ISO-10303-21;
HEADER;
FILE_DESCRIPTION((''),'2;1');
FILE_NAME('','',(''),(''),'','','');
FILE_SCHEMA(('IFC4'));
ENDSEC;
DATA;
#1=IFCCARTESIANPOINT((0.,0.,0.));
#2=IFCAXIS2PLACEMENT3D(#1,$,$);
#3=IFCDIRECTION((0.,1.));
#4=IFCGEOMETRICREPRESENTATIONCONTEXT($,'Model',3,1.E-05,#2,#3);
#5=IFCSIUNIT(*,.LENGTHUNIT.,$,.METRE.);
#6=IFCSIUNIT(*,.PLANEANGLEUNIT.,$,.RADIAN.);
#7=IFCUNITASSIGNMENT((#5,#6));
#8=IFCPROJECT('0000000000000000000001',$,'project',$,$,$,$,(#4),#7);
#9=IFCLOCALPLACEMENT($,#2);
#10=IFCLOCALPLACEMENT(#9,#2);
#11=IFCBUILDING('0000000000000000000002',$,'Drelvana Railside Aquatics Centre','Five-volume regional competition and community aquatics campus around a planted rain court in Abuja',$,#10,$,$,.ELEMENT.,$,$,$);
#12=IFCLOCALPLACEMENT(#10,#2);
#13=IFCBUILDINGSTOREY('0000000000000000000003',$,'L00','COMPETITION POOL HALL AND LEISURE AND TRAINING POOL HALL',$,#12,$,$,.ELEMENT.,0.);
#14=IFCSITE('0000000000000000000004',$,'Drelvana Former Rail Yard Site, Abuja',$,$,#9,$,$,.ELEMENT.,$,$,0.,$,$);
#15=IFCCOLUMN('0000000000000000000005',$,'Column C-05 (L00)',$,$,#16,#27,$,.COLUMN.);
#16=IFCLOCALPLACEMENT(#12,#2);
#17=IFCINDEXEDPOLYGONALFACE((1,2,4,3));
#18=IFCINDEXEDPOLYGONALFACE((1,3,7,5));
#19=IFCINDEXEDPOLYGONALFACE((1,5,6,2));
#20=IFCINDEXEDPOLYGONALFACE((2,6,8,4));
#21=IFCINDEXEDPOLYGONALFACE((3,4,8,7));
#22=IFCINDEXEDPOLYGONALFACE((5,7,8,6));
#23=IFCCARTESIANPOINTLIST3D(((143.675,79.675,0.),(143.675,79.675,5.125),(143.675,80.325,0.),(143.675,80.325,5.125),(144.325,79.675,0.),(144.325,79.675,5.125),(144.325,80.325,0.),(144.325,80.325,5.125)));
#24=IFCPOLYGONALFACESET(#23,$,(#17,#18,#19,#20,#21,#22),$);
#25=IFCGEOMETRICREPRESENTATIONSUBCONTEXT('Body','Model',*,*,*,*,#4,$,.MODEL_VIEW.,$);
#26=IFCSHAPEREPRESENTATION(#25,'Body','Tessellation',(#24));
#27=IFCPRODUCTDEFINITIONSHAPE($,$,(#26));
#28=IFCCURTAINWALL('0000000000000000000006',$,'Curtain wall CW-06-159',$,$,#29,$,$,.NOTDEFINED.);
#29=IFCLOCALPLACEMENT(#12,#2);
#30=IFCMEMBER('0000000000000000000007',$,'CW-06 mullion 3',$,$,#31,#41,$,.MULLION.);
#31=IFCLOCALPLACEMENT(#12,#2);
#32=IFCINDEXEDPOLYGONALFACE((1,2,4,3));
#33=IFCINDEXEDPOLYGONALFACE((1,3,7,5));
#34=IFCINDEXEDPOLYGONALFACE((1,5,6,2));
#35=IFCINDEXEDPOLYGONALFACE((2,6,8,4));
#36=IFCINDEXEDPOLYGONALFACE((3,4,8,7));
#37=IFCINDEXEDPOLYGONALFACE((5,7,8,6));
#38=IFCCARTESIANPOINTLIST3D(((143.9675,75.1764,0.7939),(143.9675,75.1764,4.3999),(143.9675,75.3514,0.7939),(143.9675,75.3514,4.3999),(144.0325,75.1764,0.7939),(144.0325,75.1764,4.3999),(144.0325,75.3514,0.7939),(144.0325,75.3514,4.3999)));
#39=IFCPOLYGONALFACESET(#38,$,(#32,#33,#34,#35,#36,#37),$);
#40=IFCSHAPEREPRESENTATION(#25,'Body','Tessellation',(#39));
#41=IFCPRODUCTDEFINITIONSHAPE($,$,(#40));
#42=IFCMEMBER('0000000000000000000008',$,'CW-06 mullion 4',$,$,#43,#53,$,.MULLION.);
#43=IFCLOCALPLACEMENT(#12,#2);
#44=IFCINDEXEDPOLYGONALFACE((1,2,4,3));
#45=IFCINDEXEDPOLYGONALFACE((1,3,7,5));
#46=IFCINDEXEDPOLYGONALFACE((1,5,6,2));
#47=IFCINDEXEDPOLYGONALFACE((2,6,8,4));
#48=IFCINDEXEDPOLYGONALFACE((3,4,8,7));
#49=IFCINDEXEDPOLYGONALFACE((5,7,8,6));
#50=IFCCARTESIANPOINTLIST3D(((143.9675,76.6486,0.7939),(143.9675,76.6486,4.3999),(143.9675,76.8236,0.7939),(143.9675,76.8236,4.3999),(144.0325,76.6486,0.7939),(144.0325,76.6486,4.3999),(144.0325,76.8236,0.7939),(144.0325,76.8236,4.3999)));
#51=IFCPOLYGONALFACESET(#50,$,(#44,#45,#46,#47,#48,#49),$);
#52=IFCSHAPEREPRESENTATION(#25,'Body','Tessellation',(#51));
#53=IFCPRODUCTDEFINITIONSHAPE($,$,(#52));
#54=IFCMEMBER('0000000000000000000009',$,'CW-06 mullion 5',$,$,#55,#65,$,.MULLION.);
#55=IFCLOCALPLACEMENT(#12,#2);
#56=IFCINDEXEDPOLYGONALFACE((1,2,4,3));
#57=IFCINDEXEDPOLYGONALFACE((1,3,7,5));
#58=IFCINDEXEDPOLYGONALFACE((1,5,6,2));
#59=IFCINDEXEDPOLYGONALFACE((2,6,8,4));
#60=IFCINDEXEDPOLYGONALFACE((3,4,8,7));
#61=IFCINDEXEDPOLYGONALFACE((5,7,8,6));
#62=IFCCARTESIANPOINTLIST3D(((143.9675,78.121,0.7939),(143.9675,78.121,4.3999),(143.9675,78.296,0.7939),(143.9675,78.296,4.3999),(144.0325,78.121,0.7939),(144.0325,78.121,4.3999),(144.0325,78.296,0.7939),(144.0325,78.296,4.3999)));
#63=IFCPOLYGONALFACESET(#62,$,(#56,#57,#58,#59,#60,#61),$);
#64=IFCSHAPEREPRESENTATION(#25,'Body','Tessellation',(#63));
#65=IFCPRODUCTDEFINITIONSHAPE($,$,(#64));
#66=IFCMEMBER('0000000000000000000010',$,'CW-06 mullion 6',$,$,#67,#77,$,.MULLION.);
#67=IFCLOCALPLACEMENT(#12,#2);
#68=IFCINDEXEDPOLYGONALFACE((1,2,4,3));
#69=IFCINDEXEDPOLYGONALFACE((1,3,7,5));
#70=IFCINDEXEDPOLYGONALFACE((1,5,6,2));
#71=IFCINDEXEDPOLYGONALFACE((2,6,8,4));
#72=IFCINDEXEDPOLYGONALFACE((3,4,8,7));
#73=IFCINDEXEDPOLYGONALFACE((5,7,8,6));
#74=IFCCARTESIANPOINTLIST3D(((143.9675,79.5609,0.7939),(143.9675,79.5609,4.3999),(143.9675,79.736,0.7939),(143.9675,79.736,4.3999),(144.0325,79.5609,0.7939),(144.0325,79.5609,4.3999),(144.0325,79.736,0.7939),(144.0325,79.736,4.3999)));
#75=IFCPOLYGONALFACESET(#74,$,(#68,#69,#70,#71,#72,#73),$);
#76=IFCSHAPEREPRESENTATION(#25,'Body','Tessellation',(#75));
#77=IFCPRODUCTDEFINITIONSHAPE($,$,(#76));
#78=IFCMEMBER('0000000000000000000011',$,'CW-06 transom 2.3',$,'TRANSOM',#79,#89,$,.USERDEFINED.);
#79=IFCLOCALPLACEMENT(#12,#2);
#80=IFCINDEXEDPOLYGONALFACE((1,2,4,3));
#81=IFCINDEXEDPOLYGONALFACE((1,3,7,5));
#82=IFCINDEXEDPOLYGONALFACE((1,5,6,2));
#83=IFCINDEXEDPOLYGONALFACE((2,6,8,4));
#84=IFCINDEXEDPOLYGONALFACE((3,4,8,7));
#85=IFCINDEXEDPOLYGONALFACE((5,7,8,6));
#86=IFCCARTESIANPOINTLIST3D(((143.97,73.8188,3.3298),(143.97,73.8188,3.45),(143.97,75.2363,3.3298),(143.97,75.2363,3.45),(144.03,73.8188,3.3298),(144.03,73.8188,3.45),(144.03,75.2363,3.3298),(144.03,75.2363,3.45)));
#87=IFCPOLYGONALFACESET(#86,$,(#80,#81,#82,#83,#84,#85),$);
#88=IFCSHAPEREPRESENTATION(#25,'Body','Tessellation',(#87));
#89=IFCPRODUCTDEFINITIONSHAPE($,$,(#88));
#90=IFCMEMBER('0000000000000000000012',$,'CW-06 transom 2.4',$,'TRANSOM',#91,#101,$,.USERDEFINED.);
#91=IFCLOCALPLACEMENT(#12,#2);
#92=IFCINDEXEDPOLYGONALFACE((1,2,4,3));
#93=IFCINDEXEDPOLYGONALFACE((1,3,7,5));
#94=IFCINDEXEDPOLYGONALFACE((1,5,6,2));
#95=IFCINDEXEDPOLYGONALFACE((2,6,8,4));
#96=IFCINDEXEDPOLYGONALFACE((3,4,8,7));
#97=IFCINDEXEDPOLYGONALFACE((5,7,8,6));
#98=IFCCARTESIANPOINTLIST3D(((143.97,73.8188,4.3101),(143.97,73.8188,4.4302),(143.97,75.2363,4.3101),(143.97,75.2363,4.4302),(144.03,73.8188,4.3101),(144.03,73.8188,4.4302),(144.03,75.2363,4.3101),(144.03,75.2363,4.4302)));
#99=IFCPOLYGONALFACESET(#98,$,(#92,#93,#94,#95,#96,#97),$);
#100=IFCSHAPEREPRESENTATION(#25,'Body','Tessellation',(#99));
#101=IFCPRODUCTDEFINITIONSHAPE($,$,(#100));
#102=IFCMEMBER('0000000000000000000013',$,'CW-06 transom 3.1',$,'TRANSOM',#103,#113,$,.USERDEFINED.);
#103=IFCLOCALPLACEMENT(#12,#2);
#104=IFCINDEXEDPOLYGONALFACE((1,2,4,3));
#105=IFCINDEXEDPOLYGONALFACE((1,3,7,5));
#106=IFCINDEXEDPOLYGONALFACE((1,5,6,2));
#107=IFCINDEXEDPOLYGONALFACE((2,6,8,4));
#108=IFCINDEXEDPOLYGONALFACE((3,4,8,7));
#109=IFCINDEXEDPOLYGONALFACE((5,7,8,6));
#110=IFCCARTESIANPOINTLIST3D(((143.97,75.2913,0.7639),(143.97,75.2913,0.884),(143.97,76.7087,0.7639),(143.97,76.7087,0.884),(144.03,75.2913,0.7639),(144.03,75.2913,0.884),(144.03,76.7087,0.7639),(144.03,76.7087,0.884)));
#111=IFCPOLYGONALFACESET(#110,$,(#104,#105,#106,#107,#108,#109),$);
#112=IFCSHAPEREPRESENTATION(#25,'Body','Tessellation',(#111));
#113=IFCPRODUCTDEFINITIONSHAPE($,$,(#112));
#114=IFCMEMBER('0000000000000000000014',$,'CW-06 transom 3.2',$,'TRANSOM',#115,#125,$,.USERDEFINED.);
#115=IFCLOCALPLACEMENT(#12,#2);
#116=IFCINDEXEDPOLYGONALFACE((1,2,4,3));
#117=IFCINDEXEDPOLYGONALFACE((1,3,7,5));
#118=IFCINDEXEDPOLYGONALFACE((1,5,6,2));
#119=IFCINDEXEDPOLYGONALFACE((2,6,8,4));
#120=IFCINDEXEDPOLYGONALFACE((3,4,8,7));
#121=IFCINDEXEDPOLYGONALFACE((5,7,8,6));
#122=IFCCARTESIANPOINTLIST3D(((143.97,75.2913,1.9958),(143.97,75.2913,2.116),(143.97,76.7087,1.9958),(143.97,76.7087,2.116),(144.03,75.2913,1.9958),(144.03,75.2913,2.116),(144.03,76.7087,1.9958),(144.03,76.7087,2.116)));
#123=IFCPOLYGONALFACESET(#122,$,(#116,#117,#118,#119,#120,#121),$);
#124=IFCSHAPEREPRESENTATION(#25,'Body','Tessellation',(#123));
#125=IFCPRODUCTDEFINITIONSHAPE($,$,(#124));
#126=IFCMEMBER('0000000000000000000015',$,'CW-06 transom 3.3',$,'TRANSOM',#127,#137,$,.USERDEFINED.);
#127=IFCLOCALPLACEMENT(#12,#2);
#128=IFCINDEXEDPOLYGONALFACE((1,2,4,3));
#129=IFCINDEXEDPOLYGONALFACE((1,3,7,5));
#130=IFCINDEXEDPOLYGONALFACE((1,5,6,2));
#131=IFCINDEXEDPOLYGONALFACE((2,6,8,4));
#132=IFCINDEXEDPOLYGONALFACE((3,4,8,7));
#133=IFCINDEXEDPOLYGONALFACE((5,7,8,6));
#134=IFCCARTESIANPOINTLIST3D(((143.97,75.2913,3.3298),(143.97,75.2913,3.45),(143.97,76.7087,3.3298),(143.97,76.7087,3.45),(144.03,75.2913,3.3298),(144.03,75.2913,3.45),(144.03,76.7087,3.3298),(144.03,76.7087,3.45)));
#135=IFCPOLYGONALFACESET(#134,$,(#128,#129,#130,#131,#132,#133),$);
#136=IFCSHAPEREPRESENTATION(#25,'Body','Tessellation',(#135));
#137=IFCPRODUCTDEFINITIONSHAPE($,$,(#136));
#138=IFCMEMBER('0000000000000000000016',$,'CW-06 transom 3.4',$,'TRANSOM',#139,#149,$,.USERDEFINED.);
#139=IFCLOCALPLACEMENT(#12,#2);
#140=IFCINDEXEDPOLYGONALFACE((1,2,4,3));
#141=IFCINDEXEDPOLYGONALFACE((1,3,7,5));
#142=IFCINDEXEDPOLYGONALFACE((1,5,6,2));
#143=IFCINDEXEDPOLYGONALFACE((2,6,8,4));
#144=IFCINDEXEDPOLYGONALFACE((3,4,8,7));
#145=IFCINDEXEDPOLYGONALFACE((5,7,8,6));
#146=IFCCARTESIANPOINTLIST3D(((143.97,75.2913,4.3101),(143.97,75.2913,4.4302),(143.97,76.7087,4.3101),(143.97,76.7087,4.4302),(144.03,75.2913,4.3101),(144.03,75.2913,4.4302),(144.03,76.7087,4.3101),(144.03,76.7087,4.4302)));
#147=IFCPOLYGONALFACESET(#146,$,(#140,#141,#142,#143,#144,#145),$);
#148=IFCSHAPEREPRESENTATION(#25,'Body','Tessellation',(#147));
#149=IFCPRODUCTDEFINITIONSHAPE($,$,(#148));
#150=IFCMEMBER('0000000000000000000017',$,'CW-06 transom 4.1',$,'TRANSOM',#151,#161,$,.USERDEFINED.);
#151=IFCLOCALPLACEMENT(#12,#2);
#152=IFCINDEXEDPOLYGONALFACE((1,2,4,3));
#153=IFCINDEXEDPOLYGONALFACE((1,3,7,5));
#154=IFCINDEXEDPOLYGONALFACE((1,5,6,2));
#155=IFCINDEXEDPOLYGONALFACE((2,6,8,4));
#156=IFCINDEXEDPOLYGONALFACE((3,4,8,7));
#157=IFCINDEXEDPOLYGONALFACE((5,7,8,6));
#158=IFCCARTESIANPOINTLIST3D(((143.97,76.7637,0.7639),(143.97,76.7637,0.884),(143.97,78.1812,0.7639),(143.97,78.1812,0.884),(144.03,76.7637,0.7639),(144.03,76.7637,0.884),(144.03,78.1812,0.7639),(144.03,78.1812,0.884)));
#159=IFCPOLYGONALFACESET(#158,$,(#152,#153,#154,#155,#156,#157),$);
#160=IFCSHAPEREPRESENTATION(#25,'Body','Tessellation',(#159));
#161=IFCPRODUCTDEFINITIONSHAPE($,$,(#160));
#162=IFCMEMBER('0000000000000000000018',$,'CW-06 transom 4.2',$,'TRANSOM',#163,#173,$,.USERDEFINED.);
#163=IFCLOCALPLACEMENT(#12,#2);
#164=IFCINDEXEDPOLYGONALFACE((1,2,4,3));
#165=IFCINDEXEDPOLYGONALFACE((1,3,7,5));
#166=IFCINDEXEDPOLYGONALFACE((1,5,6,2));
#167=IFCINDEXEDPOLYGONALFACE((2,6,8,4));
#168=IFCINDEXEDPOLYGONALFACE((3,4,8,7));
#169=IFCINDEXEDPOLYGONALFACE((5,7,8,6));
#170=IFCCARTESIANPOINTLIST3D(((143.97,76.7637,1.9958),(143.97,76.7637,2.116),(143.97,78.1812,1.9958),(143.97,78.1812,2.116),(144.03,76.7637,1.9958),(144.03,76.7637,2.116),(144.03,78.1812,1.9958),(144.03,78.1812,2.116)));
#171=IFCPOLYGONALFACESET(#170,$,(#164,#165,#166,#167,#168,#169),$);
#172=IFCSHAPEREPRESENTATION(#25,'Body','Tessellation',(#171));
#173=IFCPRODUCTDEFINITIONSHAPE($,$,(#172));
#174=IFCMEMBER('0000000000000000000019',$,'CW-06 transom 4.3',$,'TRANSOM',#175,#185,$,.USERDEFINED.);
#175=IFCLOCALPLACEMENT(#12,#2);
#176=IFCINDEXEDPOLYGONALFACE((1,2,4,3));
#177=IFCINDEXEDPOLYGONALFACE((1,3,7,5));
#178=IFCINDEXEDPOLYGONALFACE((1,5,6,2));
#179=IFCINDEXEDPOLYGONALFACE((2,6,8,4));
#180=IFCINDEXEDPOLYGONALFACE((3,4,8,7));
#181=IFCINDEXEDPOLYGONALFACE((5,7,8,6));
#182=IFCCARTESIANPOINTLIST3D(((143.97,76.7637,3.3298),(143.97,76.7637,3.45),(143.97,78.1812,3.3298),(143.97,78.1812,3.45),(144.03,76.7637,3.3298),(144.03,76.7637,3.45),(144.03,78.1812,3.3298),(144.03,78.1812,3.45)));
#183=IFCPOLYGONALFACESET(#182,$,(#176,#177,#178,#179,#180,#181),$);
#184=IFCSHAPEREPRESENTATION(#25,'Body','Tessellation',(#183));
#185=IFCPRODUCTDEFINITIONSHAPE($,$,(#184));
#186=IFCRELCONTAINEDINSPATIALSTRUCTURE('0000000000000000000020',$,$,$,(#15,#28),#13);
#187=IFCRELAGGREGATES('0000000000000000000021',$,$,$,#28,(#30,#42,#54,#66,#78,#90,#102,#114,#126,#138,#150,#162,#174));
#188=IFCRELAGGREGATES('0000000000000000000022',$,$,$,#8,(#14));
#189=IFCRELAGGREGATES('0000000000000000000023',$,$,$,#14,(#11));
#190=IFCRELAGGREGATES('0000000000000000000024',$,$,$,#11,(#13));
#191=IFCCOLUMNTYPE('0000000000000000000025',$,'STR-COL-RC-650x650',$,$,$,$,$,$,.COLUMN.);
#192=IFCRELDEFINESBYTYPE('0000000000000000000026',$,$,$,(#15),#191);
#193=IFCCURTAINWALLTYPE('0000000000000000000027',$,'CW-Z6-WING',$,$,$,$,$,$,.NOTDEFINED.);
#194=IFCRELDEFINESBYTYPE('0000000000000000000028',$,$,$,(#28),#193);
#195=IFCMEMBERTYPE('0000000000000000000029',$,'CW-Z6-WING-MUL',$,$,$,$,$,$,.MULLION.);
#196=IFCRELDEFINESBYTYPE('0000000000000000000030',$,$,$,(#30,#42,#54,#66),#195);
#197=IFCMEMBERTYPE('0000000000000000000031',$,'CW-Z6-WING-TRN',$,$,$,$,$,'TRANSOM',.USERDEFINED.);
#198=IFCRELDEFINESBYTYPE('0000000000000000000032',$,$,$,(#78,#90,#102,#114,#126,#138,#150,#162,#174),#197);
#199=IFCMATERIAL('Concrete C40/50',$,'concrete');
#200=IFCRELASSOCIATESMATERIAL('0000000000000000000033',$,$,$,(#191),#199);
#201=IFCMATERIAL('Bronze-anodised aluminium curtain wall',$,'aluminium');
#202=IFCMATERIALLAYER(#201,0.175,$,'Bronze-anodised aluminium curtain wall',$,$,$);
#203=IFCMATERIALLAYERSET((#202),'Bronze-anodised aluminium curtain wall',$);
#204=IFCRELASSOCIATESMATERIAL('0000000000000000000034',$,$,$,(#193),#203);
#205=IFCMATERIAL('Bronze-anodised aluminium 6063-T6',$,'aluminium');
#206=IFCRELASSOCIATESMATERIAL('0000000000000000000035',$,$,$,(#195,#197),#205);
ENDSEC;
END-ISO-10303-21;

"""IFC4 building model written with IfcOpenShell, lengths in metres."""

from ifc_helpers import new_model, si_unit, direction, frame, origin, origin_2d, place, context, subcontext, project, spatial, rectangle, extrude, material, layer, layer_set, material_profile, profile_set, type_object, element, aggregate, save


model = new_model("IFC4")

# Units and contexts
model_context = context("Model", 3, precision=1e-05, world=origin(), true_north=direction((0.0, 1.0)))
body_context = subcontext(model_context, "Body", "Model", "MODEL_VIEW")
ifc_project = project(units=[si_unit("LENGTHUNIT", "METRE"), si_unit("PLANEANGLEUNIT", "RADIAN")], contexts=[model_context])

# Site, building, storey
site_placement = place(None, origin())
site = spatial("IfcSite", under=ifc_project, at=site_placement, Name="Drelvana Former Rail Yard Site, Abuja", CompositionType="ELEMENT", RefElevation=0.0)
building_placement = place(site_placement, origin())
building = spatial("IfcBuilding", under=site, at=building_placement, Name="Drelvana Railside Aquatics Centre", Description="Five-volume regional competition and community aquatics campus around a planted rain court in Abuja", CompositionType="ELEMENT")
storey_placement = place(building_placement, origin())
storey = spatial("IfcBuildingStorey", under=building, at=storey_placement, Name="L00", Description="COMPETITION POOL HALL AND LEISURE AND TRAINING POOL HALL", CompositionType="ELEMENT", Elevation=0.0)

# Column
ifc_material_1 = material(Name="Concrete C40/50", Category="concrete")
ifc_material_profile_1 = material_profile(ifc_material_1, rectangle(XDim=0.6499, YDim=0.6499, at=origin_2d()), Name="RC 650x650")
ifc_profile_set_1 = profile_set([ifc_material_profile_1], Name="Concrete C40/50")
column_type = type_object("IfcColumnType", Name="STR-COL-RC-650x650", PredefinedType="COLUMN", material=ifc_profile_set_1)
column_placement = place(storey_placement, frame((144.0, 80.0, 0.0), z_axis=(0.0, 0.0, 1.0), x_axis=(1.0, 0.0, 0.0)))
element("IfcColumn", 1, at=column_placement, inside=storey, type_object=column_type, Name="Column C-05 (L00)", PredefinedType="COLUMN", context=body_context, shape_type="SweptSolid", body=[
    extrude(rectangle(XDim=0.6499, YDim=0.6499, at=origin_2d()), origin(), (0.0, 0.0, 1.0), 5.125),
])

# Curtain wall, members
ifc_material_2 = material(Name="Bronze-anodised aluminium curtain wall", Category="aluminium")
ifc_layer_1 = layer(ifc_material_2, 0.175, Name="Bronze-anodised aluminium curtain wall")
ifc_layer_set_1 = layer_set([ifc_layer_1], Name="Bronze-anodised aluminium curtain wall")
curtain_wall_type = type_object("IfcCurtainWallType", Name="CW-Z6-WING", PredefinedType="NOTDEFINED", material=ifc_layer_set_1)
curtain_wall_placement = place(storey_placement, origin())
curtain_wall = element("IfcCurtainWall", 2, at=curtain_wall_placement, inside=storey, type_object=curtain_wall_type, Name="Curtain wall CW-06-159", PredefinedType="NOTDEFINED")
ifc_material_3 = material(Name="Bronze-anodised aluminium 6063-T6", Category="aluminium")
ifc_material_profile_2 = material_profile(ifc_material_3, rectangle(XDim=0.0649, YDim=0.175, at=origin_2d()), Name="ALU-M 65x175")
ifc_profile_set_2 = profile_set([ifc_material_profile_2], Name="Bronze-anodised aluminium 6063-T6")
member_type_1 = type_object("IfcMemberType", Name="CW-Z6-WING-MUL", PredefinedType="MULLION", material=ifc_profile_set_2)
member_1_placement = place(storey_placement, frame((144.0, 75.2639, 0.7939), z_axis=(0.0, 0.0, 1.0), x_axis=(-1.0, 0.0, 0.0)))
member_1 = element("IfcMember", 3, at=member_1_placement, type_object=member_type_1, Name="CW-06 mullion 3", PredefinedType="MULLION", context=body_context, shape_type="SweptSolid", body=[
    extrude(rectangle(XDim=0.0649, YDim=0.175, at=origin_2d()), origin(), (0.0, 0.0, 1.0), 3.606),
])
member_2_placement = place(storey_placement, frame((144.0, 76.7361, 0.7939), z_axis=(0.0, 0.0, 1.0), x_axis=(-1.0, 0.0, 0.0)))
member_2 = element("IfcMember", 4, at=member_2_placement, type_object=member_type_1, Name="CW-06 mullion 4", PredefinedType="MULLION", context=body_context, shape_type="SweptSolid", body=[
    extrude(rectangle(XDim=0.0649, YDim=0.175, at=origin_2d()), origin(), (0.0, 0.0, 1.0), 3.606),
])
member_3_placement = place(storey_placement, frame((144.0, 78.2085, 0.7939), z_axis=(0.0, 0.0, 1.0), x_axis=(-1.0, 0.0, 0.0)))
member_3 = element("IfcMember", 5, at=member_3_placement, type_object=member_type_1, Name="CW-06 mullion 5", PredefinedType="MULLION", context=body_context, shape_type="SweptSolid", body=[
    extrude(rectangle(XDim=0.0649, YDim=0.175, at=origin_2d()), origin(), (0.0, 0.0, 1.0), 3.606),
])
member_4_placement = place(storey_placement, frame((144.0, 79.6484, 0.7939), z_axis=(0.0, 0.0, 1.0), x_axis=(-1.0, 0.0, 0.0)))
member_4 = element("IfcMember", 6, at=member_4_placement, type_object=member_type_1, Name="CW-06 mullion 6", PredefinedType="MULLION", context=body_context, shape_type="SweptSolid", body=[
    extrude(rectangle(XDim=0.0649, YDim=0.175, at=origin_2d()), origin(), (0.0, 0.0, 1.0), 3.606),
])
ifc_material_profile_3 = material_profile(ifc_material_3, rectangle(XDim=0.1201, YDim=0.0601, at=origin_2d()), Name="ALU-T 60x120")
ifc_profile_set_3 = profile_set([ifc_material_profile_3], Name="Bronze-anodised aluminium 6063-T6")
member_type_2 = type_object("IfcMemberType", Name="CW-Z6-WING-TRN", ElementType="TRANSOM", PredefinedType="USERDEFINED", material=ifc_profile_set_3)
member_5_placement = place(storey_placement, frame((144.0, 73.8188, 3.3899), z_axis=(0.0, 1.0, 0.0), x_axis=(0.0, 0.0, 1.0)))
member_5 = element("IfcMember", 7, at=member_5_placement, type_object=member_type_2, Name="CW-06 transom 2.3", ObjectType="TRANSOM", PredefinedType="USERDEFINED", context=body_context, shape_type="SweptSolid", body=[
    extrude(rectangle(XDim=0.1201, YDim=0.0601, at=origin_2d()), origin(), (0.0, 0.0, 1.0), 1.4175),
])
member_6_placement = place(storey_placement, frame((144.0, 73.8188, 4.3701), z_axis=(0.0, 1.0, 0.0), x_axis=(0.0, 0.0, 1.0)))
member_6 = element("IfcMember", 8, at=member_6_placement, type_object=member_type_2, Name="CW-06 transom 2.4", ObjectType="TRANSOM", PredefinedType="USERDEFINED", context=body_context, shape_type="SweptSolid", body=[
    extrude(rectangle(XDim=0.1201, YDim=0.0601, at=origin_2d()), origin(), (0.0, 0.0, 1.0), 1.4175),
])
member_7_placement = place(storey_placement, frame((144.0, 75.2913, 0.824), z_axis=(0.0, 1.0, 0.0), x_axis=(0.0, 0.0, 1.0)))
member_7 = element("IfcMember", 9, at=member_7_placement, type_object=member_type_2, Name="CW-06 transom 3.1", ObjectType="TRANSOM", PredefinedType="USERDEFINED", context=body_context, shape_type="SweptSolid", body=[
    extrude(rectangle(XDim=0.1201, YDim=0.0601, at=origin_2d()), origin(), (0.0, 0.0, 1.0), 1.4175),
])
member_8_placement = place(storey_placement, frame((144.0, 75.2913, 2.0559), z_axis=(0.0, 1.0, 0.0), x_axis=(0.0, 0.0, 1.0)))
member_8 = element("IfcMember", 10, at=member_8_placement, type_object=member_type_2, Name="CW-06 transom 3.2", ObjectType="TRANSOM", PredefinedType="USERDEFINED", context=body_context, shape_type="SweptSolid", body=[
    extrude(rectangle(XDim=0.1201, YDim=0.0601, at=origin_2d()), origin(), (0.0, 0.0, 1.0), 1.4175),
])
member_9_placement = place(storey_placement, frame((144.0, 75.2913, 3.3899), z_axis=(0.0, 1.0, 0.0), x_axis=(0.0, 0.0, 1.0)))
member_9 = element("IfcMember", 11, at=member_9_placement, type_object=member_type_2, Name="CW-06 transom 3.3", ObjectType="TRANSOM", PredefinedType="USERDEFINED", context=body_context, shape_type="SweptSolid", body=[
    extrude(rectangle(XDim=0.1201, YDim=0.0601, at=origin_2d()), origin(), (0.0, 0.0, 1.0), 1.4175),
])
member_10_placement = place(storey_placement, frame((144.0, 75.2913, 4.3701), z_axis=(0.0, 1.0, 0.0), x_axis=(0.0, 0.0, 1.0)))
member_10 = element("IfcMember", 12, at=member_10_placement, type_object=member_type_2, Name="CW-06 transom 3.4", ObjectType="TRANSOM", PredefinedType="USERDEFINED", context=body_context, shape_type="SweptSolid", body=[
    extrude(rectangle(XDim=0.1201, YDim=0.0601, at=origin_2d()), origin(), (0.0, 0.0, 1.0), 1.4175),
])
member_11_placement = place(storey_placement, frame((144.0, 76.7637, 0.824), z_axis=(0.0, 1.0, 0.0), x_axis=(0.0, 0.0, 1.0)))
member_11 = element("IfcMember", 13, at=member_11_placement, type_object=member_type_2, Name="CW-06 transom 4.1", ObjectType="TRANSOM", PredefinedType="USERDEFINED", context=body_context, shape_type="SweptSolid", body=[
    extrude(rectangle(XDim=0.1201, YDim=0.0601, at=origin_2d()), origin(), (0.0, 0.0, 1.0), 1.4175),
])
member_12_placement = place(storey_placement, frame((144.0, 76.7637, 2.0559), z_axis=(0.0, 1.0, 0.0), x_axis=(0.0, 0.0, 1.0)))
member_12 = element("IfcMember", 14, at=member_12_placement, type_object=member_type_2, Name="CW-06 transom 4.2", ObjectType="TRANSOM", PredefinedType="USERDEFINED", context=body_context, shape_type="SweptSolid", body=[
    extrude(rectangle(XDim=0.1201, YDim=0.0601, at=origin_2d()), origin(), (0.0, 0.0, 1.0), 1.4175),
])
member_13_placement = place(storey_placement, frame((144.0, 76.7637, 3.3899), z_axis=(0.0, 1.0, 0.0), x_axis=(0.0, 0.0, 1.0)))
member_13 = element("IfcMember", 15, at=member_13_placement, type_object=member_type_2, Name="CW-06 transom 4.3", ObjectType="TRANSOM", PredefinedType="USERDEFINED", context=body_context, shape_type="SweptSolid", body=[
    extrude(rectangle(XDim=0.1201, YDim=0.0601, at=origin_2d()), origin(), (0.0, 0.0, 1.0), 1.4175),
])

aggregate(curtain_wall, [member_1, member_2, member_3, member_4, member_5, member_6, member_7, member_8, member_9, member_10, member_11, member_12, member_13])

save(model, "model.ifc")
